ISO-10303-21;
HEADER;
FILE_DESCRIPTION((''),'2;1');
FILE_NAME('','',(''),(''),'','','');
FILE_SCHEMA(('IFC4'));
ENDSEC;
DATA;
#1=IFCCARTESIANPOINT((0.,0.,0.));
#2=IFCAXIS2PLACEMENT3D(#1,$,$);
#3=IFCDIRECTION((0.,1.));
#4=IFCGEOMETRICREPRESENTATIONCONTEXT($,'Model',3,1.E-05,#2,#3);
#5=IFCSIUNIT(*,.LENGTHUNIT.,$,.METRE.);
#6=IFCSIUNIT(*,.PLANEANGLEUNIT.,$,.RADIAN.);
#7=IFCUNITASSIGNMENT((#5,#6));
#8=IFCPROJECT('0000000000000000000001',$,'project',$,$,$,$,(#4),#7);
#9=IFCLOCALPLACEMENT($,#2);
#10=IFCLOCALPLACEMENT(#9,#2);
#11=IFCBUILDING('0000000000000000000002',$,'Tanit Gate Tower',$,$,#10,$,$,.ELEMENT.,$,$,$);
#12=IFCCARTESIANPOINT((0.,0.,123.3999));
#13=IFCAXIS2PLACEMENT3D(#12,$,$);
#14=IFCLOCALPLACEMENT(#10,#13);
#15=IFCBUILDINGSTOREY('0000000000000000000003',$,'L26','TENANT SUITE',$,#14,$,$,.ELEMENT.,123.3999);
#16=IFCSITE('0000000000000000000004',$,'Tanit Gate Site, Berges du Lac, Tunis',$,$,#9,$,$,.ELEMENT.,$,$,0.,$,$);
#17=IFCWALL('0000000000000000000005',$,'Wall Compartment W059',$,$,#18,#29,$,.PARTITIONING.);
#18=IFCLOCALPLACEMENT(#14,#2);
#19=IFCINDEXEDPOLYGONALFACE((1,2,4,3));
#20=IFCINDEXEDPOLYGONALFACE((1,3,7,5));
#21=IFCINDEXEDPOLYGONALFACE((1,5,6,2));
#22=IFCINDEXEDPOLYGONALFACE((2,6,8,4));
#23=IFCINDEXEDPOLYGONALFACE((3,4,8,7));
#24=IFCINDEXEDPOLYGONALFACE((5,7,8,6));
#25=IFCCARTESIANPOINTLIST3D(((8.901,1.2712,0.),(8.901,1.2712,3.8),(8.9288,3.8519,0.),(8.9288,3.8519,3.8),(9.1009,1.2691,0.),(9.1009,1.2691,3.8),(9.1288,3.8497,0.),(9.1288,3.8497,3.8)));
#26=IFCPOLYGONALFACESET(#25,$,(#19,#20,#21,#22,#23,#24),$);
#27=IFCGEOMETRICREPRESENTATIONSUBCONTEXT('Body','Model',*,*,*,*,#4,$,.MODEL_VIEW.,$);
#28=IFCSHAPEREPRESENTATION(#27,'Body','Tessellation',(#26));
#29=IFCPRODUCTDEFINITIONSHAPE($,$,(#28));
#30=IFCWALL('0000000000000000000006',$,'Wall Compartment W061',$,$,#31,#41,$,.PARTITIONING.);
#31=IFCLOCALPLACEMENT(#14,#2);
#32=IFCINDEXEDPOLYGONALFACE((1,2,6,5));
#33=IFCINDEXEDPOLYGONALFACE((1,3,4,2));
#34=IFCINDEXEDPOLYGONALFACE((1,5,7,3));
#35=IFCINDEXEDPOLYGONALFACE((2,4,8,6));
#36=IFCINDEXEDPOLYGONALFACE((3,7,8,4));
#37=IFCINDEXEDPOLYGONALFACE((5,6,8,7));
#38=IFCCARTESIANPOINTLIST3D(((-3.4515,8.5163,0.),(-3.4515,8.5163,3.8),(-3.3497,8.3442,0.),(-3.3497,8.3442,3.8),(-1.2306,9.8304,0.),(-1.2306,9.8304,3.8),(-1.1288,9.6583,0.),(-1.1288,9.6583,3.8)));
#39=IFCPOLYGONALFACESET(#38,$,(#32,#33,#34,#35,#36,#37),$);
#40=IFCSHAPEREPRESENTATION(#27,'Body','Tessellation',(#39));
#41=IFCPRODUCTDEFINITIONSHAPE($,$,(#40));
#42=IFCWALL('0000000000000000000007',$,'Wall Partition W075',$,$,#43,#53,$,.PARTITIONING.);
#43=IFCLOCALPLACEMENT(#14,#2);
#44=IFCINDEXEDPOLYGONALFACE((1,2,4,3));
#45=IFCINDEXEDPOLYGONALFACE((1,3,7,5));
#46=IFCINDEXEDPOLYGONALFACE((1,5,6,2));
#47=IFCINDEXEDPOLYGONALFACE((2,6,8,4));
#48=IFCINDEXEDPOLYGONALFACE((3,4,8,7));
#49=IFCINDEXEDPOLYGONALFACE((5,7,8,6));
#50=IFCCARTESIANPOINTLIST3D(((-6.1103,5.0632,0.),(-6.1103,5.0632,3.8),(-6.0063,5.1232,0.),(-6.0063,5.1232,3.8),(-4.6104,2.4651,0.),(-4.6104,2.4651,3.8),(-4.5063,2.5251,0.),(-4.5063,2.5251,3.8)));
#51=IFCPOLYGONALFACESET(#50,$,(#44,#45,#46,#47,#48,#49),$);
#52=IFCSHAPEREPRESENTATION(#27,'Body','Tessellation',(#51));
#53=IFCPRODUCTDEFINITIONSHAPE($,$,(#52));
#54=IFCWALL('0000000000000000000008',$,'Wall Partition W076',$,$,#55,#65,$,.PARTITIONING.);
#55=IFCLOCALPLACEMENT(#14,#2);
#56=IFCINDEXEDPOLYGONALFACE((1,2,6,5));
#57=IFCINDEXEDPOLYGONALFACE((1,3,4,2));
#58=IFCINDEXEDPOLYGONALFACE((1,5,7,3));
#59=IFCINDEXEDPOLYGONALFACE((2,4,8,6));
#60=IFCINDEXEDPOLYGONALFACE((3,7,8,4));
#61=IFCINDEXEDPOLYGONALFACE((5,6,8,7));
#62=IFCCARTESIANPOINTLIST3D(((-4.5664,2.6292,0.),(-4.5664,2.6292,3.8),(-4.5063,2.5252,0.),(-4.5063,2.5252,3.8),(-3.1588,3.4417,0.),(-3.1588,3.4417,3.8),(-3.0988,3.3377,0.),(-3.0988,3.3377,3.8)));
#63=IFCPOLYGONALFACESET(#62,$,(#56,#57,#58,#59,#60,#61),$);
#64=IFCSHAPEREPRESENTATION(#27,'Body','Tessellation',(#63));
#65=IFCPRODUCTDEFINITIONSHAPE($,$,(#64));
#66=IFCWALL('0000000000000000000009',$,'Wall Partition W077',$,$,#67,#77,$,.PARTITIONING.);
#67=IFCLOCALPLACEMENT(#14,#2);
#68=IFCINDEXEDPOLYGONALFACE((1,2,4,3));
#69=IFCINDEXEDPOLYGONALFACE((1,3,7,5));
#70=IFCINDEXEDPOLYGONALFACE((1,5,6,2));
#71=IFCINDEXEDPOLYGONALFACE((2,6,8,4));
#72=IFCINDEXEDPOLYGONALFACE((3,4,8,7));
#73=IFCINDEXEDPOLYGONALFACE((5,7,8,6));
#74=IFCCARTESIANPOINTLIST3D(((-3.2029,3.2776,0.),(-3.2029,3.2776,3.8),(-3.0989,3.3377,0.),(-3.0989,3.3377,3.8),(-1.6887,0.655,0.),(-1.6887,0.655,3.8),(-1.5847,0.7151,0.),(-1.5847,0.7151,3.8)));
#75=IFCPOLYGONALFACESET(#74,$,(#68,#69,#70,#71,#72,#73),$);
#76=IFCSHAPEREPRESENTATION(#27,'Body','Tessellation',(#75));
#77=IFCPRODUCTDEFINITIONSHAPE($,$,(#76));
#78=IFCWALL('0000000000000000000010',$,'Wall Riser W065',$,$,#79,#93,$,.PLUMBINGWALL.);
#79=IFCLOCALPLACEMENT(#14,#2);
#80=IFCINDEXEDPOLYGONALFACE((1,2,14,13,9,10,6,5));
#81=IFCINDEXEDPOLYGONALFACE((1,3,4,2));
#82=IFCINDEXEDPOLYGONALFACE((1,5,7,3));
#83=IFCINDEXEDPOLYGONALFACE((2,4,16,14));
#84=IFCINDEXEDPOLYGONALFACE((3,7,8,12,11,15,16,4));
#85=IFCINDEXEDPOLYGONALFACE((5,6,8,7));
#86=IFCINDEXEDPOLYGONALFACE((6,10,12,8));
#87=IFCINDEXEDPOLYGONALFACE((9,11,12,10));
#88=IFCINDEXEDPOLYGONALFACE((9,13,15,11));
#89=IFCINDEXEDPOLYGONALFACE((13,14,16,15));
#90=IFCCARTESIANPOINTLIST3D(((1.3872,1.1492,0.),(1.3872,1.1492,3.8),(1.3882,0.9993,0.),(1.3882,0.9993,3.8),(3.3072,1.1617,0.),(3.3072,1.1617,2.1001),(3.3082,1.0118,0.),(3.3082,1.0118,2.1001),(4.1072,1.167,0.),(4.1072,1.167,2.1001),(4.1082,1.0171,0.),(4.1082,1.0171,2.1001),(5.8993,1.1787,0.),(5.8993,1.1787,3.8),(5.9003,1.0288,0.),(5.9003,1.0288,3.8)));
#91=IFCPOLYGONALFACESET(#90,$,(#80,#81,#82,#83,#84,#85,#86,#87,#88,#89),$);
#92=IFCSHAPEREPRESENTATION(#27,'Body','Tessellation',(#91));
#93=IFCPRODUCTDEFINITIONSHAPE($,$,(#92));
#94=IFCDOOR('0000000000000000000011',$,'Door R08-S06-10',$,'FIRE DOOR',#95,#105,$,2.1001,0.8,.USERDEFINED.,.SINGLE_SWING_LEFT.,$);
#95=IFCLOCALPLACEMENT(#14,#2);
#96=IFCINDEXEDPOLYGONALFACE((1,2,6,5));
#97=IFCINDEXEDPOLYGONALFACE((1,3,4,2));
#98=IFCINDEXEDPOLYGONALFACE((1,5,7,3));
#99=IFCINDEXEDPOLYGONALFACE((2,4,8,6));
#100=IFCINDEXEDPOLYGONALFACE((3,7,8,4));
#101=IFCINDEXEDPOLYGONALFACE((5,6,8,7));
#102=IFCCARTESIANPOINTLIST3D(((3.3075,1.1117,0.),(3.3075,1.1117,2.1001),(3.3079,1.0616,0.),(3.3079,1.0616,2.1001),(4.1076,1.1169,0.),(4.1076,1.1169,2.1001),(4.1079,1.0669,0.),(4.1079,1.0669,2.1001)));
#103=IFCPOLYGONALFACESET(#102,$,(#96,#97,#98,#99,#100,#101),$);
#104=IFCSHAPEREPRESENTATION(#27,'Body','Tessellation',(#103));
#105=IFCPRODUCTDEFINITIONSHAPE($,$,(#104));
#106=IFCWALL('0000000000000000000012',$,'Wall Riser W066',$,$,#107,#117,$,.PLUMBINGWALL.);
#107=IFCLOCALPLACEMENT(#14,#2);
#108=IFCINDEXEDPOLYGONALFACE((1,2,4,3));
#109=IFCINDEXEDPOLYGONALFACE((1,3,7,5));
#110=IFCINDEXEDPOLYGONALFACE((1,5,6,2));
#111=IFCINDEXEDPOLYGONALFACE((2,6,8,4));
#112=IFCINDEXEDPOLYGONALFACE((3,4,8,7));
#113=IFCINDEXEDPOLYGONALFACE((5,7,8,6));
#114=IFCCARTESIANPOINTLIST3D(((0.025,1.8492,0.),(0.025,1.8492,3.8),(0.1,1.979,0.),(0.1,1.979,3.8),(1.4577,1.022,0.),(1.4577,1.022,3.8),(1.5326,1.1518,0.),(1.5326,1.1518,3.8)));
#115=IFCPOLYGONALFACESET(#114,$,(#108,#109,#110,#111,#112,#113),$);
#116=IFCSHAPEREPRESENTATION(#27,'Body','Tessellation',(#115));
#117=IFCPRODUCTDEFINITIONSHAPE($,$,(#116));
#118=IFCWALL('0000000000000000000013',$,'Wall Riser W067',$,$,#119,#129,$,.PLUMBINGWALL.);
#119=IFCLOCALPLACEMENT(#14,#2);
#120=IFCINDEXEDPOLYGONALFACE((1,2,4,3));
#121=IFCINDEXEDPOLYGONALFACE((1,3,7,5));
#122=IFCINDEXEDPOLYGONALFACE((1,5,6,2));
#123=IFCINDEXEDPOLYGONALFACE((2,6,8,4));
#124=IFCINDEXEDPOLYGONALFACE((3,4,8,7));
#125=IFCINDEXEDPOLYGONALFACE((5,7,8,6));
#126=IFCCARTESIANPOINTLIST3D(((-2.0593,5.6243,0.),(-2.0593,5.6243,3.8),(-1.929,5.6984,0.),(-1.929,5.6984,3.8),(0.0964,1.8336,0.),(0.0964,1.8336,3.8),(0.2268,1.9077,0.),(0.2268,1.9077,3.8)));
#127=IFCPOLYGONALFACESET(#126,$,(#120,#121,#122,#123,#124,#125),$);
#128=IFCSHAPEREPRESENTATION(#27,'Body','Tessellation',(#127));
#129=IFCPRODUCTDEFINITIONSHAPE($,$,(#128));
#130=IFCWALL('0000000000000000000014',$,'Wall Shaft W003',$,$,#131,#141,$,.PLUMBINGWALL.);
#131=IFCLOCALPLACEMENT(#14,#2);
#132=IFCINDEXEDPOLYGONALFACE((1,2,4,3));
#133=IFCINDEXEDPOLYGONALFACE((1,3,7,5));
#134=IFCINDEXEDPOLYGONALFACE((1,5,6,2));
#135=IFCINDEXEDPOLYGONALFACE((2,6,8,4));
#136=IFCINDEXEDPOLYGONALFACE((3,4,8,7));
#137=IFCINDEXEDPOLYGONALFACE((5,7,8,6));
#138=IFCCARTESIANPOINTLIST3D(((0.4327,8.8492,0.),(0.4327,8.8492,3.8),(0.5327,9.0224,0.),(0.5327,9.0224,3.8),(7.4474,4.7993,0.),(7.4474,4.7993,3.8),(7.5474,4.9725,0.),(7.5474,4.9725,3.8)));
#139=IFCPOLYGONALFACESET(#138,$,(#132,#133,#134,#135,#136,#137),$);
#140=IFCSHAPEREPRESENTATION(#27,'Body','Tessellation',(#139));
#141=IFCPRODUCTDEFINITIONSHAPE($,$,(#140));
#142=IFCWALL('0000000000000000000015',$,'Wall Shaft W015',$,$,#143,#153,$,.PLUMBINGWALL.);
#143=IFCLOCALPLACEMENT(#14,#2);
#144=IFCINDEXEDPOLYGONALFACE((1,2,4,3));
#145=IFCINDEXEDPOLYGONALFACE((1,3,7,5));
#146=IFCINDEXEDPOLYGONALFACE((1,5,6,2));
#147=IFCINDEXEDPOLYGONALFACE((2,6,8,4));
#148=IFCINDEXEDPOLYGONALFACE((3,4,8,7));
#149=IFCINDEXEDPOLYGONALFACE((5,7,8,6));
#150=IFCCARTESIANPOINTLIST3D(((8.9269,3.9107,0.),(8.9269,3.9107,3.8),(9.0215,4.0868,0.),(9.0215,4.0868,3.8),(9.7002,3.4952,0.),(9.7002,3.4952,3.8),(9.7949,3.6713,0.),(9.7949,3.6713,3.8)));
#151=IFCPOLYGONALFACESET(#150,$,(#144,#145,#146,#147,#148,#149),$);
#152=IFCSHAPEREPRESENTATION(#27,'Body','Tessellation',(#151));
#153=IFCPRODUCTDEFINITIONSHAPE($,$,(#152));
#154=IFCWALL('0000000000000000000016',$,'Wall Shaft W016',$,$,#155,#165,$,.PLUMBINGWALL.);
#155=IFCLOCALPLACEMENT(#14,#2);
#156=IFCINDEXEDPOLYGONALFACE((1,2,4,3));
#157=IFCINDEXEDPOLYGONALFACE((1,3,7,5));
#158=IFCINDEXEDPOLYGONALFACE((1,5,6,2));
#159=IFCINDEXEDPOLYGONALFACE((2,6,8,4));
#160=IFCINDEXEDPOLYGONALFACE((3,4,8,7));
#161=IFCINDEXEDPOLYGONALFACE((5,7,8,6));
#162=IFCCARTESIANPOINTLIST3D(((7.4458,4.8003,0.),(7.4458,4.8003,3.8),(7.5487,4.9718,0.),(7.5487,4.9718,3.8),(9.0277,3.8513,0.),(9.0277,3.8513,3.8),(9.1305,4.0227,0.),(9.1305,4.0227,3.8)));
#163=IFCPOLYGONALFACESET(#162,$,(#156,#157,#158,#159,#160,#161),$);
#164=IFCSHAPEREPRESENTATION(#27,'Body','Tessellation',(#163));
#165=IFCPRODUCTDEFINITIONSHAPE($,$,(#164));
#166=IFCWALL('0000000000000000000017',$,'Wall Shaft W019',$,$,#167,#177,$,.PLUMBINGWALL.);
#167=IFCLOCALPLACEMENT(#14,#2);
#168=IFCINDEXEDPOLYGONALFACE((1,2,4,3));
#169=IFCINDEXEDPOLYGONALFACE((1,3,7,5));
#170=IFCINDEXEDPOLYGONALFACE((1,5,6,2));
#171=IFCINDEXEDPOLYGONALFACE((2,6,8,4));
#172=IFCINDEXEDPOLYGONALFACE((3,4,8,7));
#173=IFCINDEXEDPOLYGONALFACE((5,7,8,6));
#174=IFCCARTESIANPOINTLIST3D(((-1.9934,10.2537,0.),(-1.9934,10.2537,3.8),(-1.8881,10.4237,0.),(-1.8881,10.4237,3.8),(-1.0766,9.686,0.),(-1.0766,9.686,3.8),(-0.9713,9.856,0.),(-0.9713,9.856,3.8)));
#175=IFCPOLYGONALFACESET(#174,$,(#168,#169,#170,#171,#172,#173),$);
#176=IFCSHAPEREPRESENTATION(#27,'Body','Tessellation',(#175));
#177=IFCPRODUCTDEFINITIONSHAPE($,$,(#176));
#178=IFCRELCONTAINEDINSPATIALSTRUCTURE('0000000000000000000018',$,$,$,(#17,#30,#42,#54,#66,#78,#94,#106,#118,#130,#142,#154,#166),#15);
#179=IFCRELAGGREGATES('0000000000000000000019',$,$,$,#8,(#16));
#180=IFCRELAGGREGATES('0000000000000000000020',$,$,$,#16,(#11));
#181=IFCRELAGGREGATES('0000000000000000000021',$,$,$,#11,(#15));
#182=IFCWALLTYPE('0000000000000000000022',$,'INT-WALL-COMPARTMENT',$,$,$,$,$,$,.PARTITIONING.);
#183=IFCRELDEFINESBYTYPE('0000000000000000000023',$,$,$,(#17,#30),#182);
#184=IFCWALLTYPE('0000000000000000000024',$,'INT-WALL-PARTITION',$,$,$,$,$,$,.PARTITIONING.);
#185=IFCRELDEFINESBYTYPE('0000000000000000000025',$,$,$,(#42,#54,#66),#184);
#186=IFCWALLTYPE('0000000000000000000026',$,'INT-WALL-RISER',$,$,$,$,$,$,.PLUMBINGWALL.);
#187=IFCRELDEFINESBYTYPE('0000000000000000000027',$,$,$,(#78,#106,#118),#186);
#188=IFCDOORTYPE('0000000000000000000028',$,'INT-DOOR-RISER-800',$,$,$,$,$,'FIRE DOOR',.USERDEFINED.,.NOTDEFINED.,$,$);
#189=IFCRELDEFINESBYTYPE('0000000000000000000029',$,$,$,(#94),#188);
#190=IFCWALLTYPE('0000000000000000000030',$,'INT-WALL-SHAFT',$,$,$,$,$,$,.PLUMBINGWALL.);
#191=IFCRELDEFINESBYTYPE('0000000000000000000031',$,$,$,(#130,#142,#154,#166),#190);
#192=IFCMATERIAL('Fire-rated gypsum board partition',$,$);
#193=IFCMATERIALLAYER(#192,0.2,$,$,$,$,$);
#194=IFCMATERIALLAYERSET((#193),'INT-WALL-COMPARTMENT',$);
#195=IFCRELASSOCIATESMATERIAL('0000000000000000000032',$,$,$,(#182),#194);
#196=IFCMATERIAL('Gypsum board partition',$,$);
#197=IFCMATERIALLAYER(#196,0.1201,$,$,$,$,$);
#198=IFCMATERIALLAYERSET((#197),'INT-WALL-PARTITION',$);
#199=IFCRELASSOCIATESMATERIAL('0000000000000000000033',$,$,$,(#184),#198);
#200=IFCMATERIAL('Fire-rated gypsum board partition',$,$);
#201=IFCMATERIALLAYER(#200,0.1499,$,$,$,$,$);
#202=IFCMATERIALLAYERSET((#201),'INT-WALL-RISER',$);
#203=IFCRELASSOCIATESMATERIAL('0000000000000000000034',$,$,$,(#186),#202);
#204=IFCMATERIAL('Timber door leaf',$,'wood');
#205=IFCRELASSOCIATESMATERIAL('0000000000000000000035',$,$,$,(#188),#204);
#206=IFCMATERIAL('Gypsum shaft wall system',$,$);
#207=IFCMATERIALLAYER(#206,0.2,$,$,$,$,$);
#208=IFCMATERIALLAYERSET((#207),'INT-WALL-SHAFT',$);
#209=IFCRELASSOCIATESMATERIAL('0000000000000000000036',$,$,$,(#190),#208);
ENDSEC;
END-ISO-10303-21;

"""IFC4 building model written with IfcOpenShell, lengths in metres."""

from ifc_helpers import new_model, si_unit, direction, frame, frame_2d, origin, place, context, subcontext, project, spatial, rectangle, extrude, material, layer, layer_set, type_object, element, fill, save


model = new_model("IFC4")

# Units and contexts
model_context = context("Model", 3, precision=1e-05, world=origin(), true_north=direction((0.0, 1.0)))
body_context = subcontext(model_context, "Body", "Model", "MODEL_VIEW")
ifc_project = project(units=[si_unit("LENGTHUNIT", "METRE"), si_unit("PLANEANGLEUNIT", "RADIAN")], contexts=[model_context])

# Site, building, storey
site_placement = place(None, origin())
site = spatial("IfcSite", under=ifc_project, at=site_placement, Name="Tanit Gate Site, Berges du Lac, Tunis", CompositionType="ELEMENT", RefElevation=0.0)
building_placement = place(site_placement, origin())
building = spatial("IfcBuilding", under=site, at=building_placement, Name="Tanit Gate Tower", CompositionType="ELEMENT")
storey_placement = place(building_placement, frame((0.0, 0.0, 123.3999)))
storey = spatial("IfcBuildingStorey", under=building, at=storey_placement, Name="L26", Description="TENANT SUITE", CompositionType="ELEMENT", Elevation=123.3999)

# Walls
ifc_material_1 = material(Name="Fire-rated gypsum board partition")
ifc_layer_1 = layer(ifc_material_1, 0.2)
ifc_layer_set_1 = layer_set([ifc_layer_1], Name="INT-WALL-COMPARTMENT")
wall_type_1 = type_object("IfcWallType", Name="INT-WALL-COMPARTMENT", PredefinedType="PARTITIONING", material=ifc_layer_set_1)
wall_1_placement = place(storey_placement, frame((9.001, 1.27, 0.0), z_axis=(0.0, 0.0, 1.0), x_axis=(0.010785, 0.999942, 0.0)))
element("IfcWall", 1, at=wall_1_placement, inside=storey, type_object=wall_type_1, Name="Wall Compartment W059", PredefinedType="PARTITIONING", context=body_context, shape_type="SweptSolid", body=[
    extrude(rectangle(XDim=2.5808, YDim=0.2, at=frame_2d((1.2905, 0.0))), origin(), (0.0, 0.0, 1.0), 3.8),
])
wall_2_placement = place(storey_placement, frame((-1.1797, 9.7444, 0.0), z_axis=(0.0, 0.0, 1.0), x_axis=(-0.860616, -0.509255, 0.0)))
element("IfcWall", 2, at=wall_2_placement, inside=storey, type_object=wall_type_1, Name="Wall Compartment W061", PredefinedType="PARTITIONING", context=body_context, shape_type="SweptSolid", body=[
    extrude(rectangle(XDim=2.5806, YDim=0.2, at=frame_2d((1.2903, 0.0))), origin(), (0.0, 0.0, 1.0), 3.8),
])
ifc_material_2 = material(Name="Gypsum board partition")
ifc_layer_2 = layer(ifc_material_2, 0.1201)
ifc_layer_set_2 = layer_set([ifc_layer_2], Name="INT-WALL-PARTITION")
wall_type_2 = type_object("IfcWallType", Name="INT-WALL-PARTITION", PredefinedType="PARTITIONING", material=ifc_layer_set_2)
wall_3_placement = place(storey_placement, frame((-4.5583, 2.4951, 0.0), z_axis=(0.0, 0.0, 1.0), x_axis=(-0.49999, 0.866031, 0.0)))
element("IfcWall", 3, at=wall_3_placement, inside=storey, type_object=wall_type_2, Name="Wall Partition W075", PredefinedType="PARTITIONING", context=body_context, shape_type="SweptSolid", body=[
    extrude(rectangle(XDim=3.0, YDim=0.1201, at=frame_2d((1.5, 0.0))), origin(), (0.0, 0.0, 1.0), 3.8),
])
wall_4_placement = place(storey_placement, frame((-3.1289, 3.3896, 0.0), z_axis=(0.0, 0.0, 1.0), x_axis=(-0.866053, -0.499952, 0.0)))
element("IfcWall", 4, at=wall_4_placement, inside=storey, type_object=wall_type_2, Name="Wall Partition W076", PredefinedType="PARTITIONING", context=body_context, shape_type="SweptSolid", body=[
    extrude(rectangle(XDim=1.6252, YDim=0.1201, at=frame_2d((0.8125, 0.0))), origin(), (0.0, 0.0, 1.0), 3.8),
])
wall_5_placement = place(storey_placement, frame((-1.6367, 0.6851, 0.0), z_axis=(0.0, 0.0, 1.0), x_axis=(-0.500006, 0.866022, 0.0)))
element("IfcWall", 5, at=wall_5_placement, inside=storey, type_object=wall_type_2, Name="Wall Partition W077", PredefinedType="PARTITIONING", context=body_context, shape_type="SweptSolid", body=[
    extrude(rectangle(XDim=3.0283, YDim=0.1201, at=frame_2d((1.5142, 0.0))), origin(), (0.0, 0.0, 1.0), 3.8),
])

# Wall, opening, door
ifc_material_3 = material(Name="Fire-rated gypsum board partition")
ifc_layer_3 = layer(ifc_material_3, 0.1499)
ifc_layer_set_3 = layer_set([ifc_layer_3], Name="INT-WALL-RISER")
wall_type_3 = type_object("IfcWallType", Name="INT-WALL-RISER", PredefinedType="PLUMBINGWALL", material=ifc_layer_set_3)
wall_6_placement = place(storey_placement, frame((1.3877, 1.0742, 0.0), z_axis=(0.0, 0.0, 1.0), x_axis=(0.999979, 0.006547, 0.0)))
wall_6 = element("IfcWall", 6, at=wall_6_placement, inside=storey, type_object=wall_type_3, Name="Wall Riser W065", PredefinedType="PLUMBINGWALL", context=body_context, shape_type="SweptSolid", body=[
    extrude(rectangle(XDim=4.5122, YDim=0.1499, at=frame_2d((2.2561, 0.0))), origin(), (0.0, 0.0, 1.0), 3.8),
])
opening_1_placement = place(wall_6_placement, frame((1.9202, 0.0, 0.0)))
opening_1 = element("IfcOpeningElement", 7, at=opening_1_placement, cuts=wall_6, PredefinedType="OPENING", context=body_context, shape_type="SweptSolid", body=[
    extrude(rectangle(XDim=0.8, YDim=2.1001, at=frame_2d((0.3999, 1.05))), frame((0.0, 0.085, 0.0), z_axis=(0.0, -1.0, 0.0), x_axis=(1.0, 0.0, 0.0)), (0.0, 0.0, 1.0), 0.1699),
])
ifc_material_4 = material(Name="Timber door leaf", Category="wood")
door_type_1 = type_object("IfcDoorType", Name="INT-DOOR-RISER-800", ElementType="FIRE DOOR", OperationType="NOTDEFINED", PredefinedType="USERDEFINED", material=ifc_material_4)
door_1_placement = place(opening_1_placement, origin())
door_1 = element("IfcDoor", 8, at=door_1_placement, inside=storey, type_object=door_type_1, Name="Door R08-S06-10", ObjectType="FIRE DOOR", OperationType="SINGLE_SWING_LEFT", OverallHeight=2.1001, OverallWidth=0.8, PredefinedType="USERDEFINED", context=body_context, shape_type="SweptSolid", body=[
    extrude(rectangle(XDim=0.8, YDim=2.1001, at=frame_2d((0.3999, 1.05))), frame((0.0, 0.0249, 0.0), z_axis=(0.0, -1.0, 0.0), x_axis=(1.0, 0.0, 0.0)), (0.0, 0.0, 1.0), 0.05),
])
fill(opening_1, door_1)

# Walls
wall_7_placement = place(storey_placement, frame((0.0625, 1.9141, 0.0), z_axis=(0.0, 0.0, 1.0), x_axis=(0.866018, -0.500012, 0.0)))
element("IfcWall", 9, at=wall_7_placement, inside=storey, type_object=wall_type_3, Name="Wall Riser W066", PredefinedType="PLUMBINGWALL", context=body_context, shape_type="SweptSolid", body=[
    extrude(rectangle(XDim=1.6543, YDim=0.1499, at=frame_2d((0.8271, 0.0))), origin(), (0.0, 0.0, 1.0), 3.8),
])
wall_8_placement = place(storey_placement, frame((-1.9941, 5.6614, 0.0), z_axis=(0.0, 0.0, 1.0), x_axis=(0.494341, -0.869268, 0.0)))
element("IfcWall", 10, at=wall_8_placement, inside=storey, type_object=wall_type_3, Name="Wall Riser W067", PredefinedType="PLUMBINGWALL", context=body_context, shape_type="SweptSolid", body=[
    extrude(rectangle(XDim=4.3608, YDim=0.1499, at=frame_2d((2.1804, 0.0))), origin(), (0.0, 0.0, 1.0), 3.8),
])
ifc_material_5 = material(Name="Gypsum shaft wall system")
ifc_layer_4 = layer(ifc_material_5, 0.2)
ifc_layer_set_4 = layer_set([ifc_layer_4], Name="INT-WALL-SHAFT")
wall_type_4 = type_object("IfcWallType", Name="INT-WALL-SHAFT", PredefinedType="PLUMBINGWALL", material=ifc_layer_set_4)
wall_9_placement = place(storey_placement, frame((7.4973, 4.886, 0.0), z_axis=(0.0, 0.0, 1.0), x_axis=(-0.866031, 0.49999, 0.0)))
element("IfcWall", 11, at=wall_9_placement, inside=storey, type_object=wall_type_4, Name="Wall Shaft W003", PredefinedType="PLUMBINGWALL", context=body_context, shape_type="SweptSolid", body=[
    extrude(rectangle(XDim=8.0999, YDim=0.2, at=frame_2d((4.0498, 0.0))), origin(), (0.0, 0.0, 1.0), 3.8),
])
wall_10_placement = place(storey_placement, frame((9.7476, 3.5833, 0.0), z_axis=(0.0, 0.0, 1.0), x_axis=(-0.880917, 0.473271, 0.0)))
element("IfcWall", 12, at=wall_10_placement, inside=storey, type_object=wall_type_4, Name="Wall Shaft W015", PredefinedType="PLUMBINGWALL", context=body_context, shape_type="SweptSolid", body=[
    extrude(rectangle(XDim=0.8779, YDim=0.2, at=frame_2d((0.439, 0.0))), origin(), (0.0, 0.0, 1.0), 3.8),
])
wall_11_placement = place(storey_placement, frame((9.0791, 3.937, 0.0), z_axis=(0.0, 0.0, 1.0), x_axis=(-0.857516, 0.514457, 0.0)))
element("IfcWall", 13, at=wall_11_placement, inside=storey, type_object=wall_type_4, Name="Wall Shaft W016", PredefinedType="PLUMBINGWALL", context=body_context, shape_type="SweptSolid", body=[
    extrude(rectangle(XDim=1.8447, YDim=0.2, at=frame_2d((0.9224, 0.0))), origin(), (0.0, 0.0, 1.0), 3.8),
])
wall_12_placement = place(storey_placement, frame((-1.9407, 10.3386, 0.0), z_axis=(0.0, 0.0, 1.0), x_axis=(0.850217, -0.526433, 0.0)))
element("IfcWall", 14, at=wall_12_placement, inside=storey, type_object=wall_type_4, Name="Wall Shaft W019", PredefinedType="PLUMBINGWALL", context=body_context, shape_type="SweptSolid", body=[
    extrude(rectangle(XDim=1.0784, YDim=0.2, at=frame_2d((0.5391, 0.0))), origin(), (0.0, 0.0, 1.0), 3.8),
])

save(model, "model.ifc")
